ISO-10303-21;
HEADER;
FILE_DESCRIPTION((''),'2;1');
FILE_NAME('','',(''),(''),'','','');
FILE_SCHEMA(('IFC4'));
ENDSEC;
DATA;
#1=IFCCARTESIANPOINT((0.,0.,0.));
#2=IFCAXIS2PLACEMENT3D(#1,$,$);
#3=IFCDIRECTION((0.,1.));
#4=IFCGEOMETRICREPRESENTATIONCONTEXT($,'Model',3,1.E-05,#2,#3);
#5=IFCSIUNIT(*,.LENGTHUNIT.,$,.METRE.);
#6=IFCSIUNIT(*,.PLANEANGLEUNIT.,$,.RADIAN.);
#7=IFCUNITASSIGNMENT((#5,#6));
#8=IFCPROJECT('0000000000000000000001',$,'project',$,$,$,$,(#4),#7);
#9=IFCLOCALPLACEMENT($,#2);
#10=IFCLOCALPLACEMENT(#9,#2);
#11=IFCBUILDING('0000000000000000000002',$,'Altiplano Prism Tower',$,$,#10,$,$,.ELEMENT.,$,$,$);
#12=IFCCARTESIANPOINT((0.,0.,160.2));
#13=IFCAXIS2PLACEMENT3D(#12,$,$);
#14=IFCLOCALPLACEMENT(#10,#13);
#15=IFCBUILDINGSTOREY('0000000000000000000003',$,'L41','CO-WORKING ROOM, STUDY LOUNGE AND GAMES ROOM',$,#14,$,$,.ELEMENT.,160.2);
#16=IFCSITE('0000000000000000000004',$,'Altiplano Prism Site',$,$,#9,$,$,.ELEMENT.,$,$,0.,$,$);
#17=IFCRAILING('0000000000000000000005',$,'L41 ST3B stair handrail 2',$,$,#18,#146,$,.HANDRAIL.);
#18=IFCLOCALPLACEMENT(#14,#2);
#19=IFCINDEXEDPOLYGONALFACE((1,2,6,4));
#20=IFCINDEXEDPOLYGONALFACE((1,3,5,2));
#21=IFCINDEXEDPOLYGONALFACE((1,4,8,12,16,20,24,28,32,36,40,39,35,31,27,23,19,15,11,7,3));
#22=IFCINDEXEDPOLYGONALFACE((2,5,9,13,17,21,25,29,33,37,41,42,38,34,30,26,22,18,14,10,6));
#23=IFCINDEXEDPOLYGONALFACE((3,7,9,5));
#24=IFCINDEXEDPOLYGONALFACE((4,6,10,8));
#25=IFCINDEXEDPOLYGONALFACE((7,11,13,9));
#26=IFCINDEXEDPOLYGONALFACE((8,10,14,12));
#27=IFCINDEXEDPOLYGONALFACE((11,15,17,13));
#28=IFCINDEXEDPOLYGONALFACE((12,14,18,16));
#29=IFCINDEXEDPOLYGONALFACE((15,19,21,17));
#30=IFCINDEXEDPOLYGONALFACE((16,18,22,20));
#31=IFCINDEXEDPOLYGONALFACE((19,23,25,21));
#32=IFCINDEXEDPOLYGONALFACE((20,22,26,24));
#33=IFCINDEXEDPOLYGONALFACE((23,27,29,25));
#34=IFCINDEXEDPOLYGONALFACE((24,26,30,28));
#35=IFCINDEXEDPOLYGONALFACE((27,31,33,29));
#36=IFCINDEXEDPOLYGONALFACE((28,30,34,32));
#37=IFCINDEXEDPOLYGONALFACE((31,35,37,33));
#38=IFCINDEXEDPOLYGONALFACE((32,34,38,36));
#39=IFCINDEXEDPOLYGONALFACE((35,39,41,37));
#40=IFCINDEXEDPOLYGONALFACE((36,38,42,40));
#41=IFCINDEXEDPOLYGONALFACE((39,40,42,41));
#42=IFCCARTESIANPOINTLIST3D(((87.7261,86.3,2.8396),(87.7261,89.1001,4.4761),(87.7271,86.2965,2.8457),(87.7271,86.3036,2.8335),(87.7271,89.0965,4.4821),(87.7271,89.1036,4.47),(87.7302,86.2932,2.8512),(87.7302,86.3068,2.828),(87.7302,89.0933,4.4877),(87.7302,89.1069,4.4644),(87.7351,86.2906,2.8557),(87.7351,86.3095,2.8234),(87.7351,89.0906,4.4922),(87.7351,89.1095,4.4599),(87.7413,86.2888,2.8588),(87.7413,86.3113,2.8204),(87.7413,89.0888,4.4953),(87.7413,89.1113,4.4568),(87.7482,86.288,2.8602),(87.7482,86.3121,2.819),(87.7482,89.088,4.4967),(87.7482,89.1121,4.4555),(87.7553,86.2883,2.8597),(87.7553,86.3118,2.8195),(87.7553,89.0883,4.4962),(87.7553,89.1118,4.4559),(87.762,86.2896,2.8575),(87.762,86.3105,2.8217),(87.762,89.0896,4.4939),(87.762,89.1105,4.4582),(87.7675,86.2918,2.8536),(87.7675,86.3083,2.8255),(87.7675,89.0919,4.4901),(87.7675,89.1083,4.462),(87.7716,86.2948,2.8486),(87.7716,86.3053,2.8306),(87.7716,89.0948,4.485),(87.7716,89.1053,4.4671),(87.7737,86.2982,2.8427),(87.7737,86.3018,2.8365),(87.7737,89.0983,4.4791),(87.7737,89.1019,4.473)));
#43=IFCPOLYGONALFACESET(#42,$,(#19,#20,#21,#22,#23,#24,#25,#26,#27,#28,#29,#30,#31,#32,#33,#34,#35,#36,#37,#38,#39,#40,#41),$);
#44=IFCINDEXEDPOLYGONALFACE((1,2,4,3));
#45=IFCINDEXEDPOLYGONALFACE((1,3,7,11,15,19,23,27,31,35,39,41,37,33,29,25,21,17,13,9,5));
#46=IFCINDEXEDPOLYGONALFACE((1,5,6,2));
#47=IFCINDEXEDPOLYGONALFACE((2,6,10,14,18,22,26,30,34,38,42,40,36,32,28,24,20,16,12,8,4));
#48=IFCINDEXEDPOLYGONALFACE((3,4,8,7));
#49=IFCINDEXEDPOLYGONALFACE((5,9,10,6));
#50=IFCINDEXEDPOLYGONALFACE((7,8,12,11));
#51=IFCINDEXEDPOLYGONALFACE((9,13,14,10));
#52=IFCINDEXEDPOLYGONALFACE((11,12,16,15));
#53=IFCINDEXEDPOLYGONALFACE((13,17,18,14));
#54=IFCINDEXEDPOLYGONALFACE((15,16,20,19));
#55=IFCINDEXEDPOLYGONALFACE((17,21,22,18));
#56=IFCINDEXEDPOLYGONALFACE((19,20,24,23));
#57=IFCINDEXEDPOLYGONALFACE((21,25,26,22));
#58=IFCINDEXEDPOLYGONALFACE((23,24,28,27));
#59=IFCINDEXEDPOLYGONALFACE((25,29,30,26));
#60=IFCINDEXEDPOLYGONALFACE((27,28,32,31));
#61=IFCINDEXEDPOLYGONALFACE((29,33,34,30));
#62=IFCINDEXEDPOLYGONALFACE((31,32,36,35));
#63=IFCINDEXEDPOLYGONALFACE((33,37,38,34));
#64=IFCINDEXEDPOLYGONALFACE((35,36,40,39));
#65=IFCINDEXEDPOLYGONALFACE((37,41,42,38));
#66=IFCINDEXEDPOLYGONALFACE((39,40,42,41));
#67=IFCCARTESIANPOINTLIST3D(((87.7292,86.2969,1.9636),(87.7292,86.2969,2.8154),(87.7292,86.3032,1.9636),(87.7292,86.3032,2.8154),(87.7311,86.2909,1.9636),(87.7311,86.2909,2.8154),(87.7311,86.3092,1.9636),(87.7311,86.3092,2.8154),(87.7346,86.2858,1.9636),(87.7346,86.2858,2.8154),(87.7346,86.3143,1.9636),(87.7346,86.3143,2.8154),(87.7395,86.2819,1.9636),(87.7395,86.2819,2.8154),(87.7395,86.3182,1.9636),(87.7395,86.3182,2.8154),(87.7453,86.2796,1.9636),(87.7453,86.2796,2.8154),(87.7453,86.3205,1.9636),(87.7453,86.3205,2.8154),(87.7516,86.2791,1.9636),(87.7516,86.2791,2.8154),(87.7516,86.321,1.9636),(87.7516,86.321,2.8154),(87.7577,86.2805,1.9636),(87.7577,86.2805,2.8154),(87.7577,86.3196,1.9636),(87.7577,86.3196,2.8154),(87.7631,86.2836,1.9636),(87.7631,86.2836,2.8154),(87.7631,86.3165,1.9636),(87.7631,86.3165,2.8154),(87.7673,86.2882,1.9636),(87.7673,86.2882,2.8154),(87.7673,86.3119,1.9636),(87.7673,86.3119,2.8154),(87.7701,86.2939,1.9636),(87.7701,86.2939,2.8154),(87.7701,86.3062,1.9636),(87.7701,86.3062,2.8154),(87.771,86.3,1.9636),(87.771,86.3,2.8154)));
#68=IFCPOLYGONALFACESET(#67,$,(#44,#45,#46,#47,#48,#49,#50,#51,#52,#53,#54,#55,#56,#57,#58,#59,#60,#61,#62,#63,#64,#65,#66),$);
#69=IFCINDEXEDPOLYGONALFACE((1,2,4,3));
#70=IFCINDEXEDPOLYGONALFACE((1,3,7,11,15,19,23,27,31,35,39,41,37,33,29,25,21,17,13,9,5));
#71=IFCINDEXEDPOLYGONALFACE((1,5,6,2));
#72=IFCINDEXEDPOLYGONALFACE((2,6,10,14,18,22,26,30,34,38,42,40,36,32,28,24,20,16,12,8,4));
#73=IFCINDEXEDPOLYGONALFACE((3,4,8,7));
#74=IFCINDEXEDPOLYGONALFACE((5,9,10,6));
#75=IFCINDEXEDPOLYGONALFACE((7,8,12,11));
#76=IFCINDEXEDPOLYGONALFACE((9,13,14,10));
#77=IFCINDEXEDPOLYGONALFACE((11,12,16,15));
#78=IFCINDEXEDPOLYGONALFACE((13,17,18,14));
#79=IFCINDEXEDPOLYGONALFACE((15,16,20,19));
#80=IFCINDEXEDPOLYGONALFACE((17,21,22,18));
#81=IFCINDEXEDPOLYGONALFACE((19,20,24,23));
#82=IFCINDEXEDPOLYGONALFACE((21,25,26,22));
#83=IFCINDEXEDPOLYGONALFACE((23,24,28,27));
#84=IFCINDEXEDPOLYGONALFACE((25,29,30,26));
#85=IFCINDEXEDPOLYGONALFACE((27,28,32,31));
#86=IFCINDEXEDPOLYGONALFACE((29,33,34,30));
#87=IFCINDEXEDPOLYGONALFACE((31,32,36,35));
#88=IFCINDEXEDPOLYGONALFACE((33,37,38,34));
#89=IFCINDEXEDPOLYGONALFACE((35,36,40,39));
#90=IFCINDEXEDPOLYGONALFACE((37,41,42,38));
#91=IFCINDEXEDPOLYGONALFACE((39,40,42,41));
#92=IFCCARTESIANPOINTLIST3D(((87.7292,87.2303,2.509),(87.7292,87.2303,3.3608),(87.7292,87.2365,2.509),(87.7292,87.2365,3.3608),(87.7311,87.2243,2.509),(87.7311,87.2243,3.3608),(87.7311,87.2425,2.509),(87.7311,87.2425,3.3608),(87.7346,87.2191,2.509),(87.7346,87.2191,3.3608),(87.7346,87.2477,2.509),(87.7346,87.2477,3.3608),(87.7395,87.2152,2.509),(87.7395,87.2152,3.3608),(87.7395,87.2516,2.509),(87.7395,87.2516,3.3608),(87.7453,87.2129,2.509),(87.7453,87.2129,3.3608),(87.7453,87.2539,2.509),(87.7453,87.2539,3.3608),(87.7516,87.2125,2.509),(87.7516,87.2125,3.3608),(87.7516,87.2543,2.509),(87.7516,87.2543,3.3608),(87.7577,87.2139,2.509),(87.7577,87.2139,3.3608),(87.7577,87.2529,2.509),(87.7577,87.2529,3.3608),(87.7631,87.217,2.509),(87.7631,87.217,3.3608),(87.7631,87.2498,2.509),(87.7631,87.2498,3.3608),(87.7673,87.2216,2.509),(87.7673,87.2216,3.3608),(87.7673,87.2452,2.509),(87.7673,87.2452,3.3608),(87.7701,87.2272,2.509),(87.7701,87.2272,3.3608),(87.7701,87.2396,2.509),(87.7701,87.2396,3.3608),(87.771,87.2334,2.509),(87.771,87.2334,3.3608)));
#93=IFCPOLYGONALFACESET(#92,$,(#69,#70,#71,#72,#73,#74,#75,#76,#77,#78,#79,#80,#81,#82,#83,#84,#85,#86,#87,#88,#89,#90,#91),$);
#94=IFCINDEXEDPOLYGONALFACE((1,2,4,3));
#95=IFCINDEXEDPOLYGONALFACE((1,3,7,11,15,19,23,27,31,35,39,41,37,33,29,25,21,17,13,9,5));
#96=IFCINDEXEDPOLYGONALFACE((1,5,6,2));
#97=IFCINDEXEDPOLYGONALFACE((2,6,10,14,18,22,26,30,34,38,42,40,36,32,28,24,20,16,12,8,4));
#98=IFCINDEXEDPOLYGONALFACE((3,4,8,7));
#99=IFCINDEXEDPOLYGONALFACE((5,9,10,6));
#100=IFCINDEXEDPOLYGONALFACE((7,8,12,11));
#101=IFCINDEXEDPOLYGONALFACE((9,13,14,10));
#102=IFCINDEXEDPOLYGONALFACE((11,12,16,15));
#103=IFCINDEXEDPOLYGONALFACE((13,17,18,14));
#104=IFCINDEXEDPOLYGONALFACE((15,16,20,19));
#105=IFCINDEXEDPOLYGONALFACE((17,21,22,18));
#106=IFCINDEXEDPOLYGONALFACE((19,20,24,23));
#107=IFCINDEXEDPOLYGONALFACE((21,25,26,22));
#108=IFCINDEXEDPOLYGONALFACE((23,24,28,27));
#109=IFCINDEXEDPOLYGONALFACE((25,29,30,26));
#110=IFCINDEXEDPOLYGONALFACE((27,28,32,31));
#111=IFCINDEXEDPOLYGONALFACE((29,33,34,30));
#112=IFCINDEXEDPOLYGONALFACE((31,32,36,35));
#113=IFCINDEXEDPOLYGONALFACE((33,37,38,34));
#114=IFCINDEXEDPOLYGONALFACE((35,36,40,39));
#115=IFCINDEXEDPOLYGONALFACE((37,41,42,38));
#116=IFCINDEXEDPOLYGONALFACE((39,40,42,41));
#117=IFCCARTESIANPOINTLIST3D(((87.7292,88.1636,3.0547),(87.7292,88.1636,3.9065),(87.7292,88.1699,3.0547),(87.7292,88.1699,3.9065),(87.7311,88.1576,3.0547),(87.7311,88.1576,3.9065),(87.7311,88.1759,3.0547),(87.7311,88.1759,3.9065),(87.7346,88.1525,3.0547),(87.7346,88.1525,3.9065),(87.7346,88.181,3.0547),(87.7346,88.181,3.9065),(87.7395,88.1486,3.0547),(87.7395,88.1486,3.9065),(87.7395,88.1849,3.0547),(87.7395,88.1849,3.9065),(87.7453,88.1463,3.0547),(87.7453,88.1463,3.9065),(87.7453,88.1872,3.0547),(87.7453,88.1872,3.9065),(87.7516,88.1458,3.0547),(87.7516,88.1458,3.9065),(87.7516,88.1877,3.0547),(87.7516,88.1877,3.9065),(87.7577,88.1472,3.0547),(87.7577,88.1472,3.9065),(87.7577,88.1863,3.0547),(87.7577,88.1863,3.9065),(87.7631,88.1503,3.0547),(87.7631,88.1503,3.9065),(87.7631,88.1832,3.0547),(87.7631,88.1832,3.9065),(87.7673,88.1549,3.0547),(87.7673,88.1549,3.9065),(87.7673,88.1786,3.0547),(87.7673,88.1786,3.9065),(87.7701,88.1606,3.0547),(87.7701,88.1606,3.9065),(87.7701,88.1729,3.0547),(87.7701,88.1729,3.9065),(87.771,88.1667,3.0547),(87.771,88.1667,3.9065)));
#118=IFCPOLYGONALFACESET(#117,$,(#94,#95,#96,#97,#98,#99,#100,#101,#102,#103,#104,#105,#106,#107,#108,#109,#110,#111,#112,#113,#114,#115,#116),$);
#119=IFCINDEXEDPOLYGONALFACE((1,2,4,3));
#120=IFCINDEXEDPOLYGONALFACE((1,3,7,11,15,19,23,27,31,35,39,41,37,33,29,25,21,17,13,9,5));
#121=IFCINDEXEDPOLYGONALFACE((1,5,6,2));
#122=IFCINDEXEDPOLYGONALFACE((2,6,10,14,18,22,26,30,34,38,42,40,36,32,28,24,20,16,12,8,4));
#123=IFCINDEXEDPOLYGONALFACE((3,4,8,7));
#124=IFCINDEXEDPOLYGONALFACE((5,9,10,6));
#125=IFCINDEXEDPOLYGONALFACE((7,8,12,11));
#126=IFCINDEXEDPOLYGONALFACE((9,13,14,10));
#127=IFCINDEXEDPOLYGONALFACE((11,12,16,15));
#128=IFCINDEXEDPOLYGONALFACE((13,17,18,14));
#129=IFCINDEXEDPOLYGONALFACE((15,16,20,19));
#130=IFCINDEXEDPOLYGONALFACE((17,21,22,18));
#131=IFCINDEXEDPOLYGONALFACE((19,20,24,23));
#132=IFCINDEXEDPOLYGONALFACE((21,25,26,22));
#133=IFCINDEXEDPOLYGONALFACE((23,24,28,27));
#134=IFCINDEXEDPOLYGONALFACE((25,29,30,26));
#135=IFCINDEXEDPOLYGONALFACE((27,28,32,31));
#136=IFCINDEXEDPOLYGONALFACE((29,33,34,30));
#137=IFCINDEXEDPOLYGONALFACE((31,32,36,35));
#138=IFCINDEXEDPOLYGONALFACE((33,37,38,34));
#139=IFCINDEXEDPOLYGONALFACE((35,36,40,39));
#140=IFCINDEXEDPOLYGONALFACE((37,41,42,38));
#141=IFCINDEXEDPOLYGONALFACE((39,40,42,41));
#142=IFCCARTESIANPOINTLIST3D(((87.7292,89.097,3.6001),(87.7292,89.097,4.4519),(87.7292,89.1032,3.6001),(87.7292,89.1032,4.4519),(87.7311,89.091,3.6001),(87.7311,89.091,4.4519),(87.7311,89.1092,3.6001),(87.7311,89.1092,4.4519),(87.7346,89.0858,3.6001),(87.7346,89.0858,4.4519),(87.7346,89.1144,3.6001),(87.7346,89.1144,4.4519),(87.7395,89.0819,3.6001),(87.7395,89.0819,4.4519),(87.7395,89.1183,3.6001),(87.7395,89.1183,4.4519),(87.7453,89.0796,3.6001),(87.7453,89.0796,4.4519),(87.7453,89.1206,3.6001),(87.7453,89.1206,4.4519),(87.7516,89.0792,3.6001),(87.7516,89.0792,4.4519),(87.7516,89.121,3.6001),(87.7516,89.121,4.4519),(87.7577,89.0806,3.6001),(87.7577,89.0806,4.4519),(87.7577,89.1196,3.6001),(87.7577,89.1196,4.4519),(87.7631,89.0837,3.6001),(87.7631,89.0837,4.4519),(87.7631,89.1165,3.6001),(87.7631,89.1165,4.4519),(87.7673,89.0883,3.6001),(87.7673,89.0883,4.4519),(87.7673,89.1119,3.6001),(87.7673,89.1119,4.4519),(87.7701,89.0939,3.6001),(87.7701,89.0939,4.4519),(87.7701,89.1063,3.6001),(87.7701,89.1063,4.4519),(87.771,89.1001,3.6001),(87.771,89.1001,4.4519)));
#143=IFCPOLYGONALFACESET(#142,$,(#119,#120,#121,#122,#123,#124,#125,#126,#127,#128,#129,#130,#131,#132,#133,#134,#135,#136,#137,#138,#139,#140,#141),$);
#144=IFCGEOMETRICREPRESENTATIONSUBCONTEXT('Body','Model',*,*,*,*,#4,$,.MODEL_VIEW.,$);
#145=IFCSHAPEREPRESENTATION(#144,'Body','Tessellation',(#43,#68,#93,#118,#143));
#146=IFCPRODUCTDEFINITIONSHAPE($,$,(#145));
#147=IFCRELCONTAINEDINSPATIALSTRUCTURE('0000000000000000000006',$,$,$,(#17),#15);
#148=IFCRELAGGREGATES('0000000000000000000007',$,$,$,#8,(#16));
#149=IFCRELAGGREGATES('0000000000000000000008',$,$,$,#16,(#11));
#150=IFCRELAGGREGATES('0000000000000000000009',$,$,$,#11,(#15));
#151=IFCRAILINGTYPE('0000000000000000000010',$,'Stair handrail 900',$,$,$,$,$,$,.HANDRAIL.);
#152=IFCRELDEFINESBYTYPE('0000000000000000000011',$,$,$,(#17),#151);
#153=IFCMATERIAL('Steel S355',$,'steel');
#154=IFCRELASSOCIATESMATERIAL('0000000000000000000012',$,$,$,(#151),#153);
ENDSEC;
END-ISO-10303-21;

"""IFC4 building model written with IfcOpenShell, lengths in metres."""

from ifc_helpers import new_model, si_unit, direction, frame, origin, origin_2d, place, context, subcontext, project, spatial, circle, extrude, material, type_object, element, save


model = new_model("IFC4")

# Units and contexts
model_context = context("Model", 3, precision=1e-05, world=origin(), true_north=direction((0.0, 1.0)))
body_context = subcontext(model_context, "Body", "Model", "MODEL_VIEW")
ifc_project = project(units=[si_unit("LENGTHUNIT", "METRE"), si_unit("PLANEANGLEUNIT", "RADIAN")], contexts=[model_context])

# Site, building, storey
site_placement = place(None, origin())
site = spatial("IfcSite", under=ifc_project, at=site_placement, Name="Altiplano Prism Site", CompositionType="ELEMENT", RefElevation=0.0)
building_placement = place(site_placement, origin())
building = spatial("IfcBuilding", under=site, at=building_placement, Name="Altiplano Prism Tower", CompositionType="ELEMENT")
storey_placement = place(building_placement, frame((0.0, 0.0, 160.2)))
storey = spatial("IfcBuildingStorey", under=building, at=storey_placement, Name="L41", Description="CO-WORKING ROOM, STUDY LOUNGE AND GAMES ROOM", CompositionType="ELEMENT", Elevation=160.2)

# Railing
ifc_material_1 = material(Name="Steel S355", Category="steel")
railing_type_1 = type_object("IfcRailingType", Name="Stair handrail 900", PredefinedType="HANDRAIL", material=ifc_material_1)
railing_1_placement = place(storey_placement, frame((87.75, 86.3, 1.9636)))
element("IfcRailing", 1, at=railing_1_placement, inside=storey, type_object=railing_type_1, Name="L41 ST3B stair handrail 2", PredefinedType="HANDRAIL", context=body_context, shape_type="SweptSolid", body=[
    extrude(circle(Radius=0.0239, at=origin_2d()), frame((0.0, 0.0, 0.876), z_axis=(0.0, 0.863361, 0.504587), x_axis=(-1.0, 0.0, 0.0)), (0.0, 0.0, 1.0), 3.2432),
    extrude(circle(Radius=0.021, at=origin_2d()), origin(), (0.0, 0.0, 1.0), 0.8518),
    extrude(circle(Radius=0.021, at=origin_2d()), frame((0.0, 0.9333, 0.5454)), (0.0, 0.0, 1.0), 0.8518),
    extrude(circle(Radius=0.021, at=origin_2d()), frame((0.0, 1.8667, 1.0911)), (0.0, 0.0, 1.0), 0.8518),
    extrude(circle(Radius=0.021, at=origin_2d()), frame((0.0, 2.8, 1.6365)), (0.0, 0.0, 1.0), 0.8518),
])

save(model, "model.ifc")
